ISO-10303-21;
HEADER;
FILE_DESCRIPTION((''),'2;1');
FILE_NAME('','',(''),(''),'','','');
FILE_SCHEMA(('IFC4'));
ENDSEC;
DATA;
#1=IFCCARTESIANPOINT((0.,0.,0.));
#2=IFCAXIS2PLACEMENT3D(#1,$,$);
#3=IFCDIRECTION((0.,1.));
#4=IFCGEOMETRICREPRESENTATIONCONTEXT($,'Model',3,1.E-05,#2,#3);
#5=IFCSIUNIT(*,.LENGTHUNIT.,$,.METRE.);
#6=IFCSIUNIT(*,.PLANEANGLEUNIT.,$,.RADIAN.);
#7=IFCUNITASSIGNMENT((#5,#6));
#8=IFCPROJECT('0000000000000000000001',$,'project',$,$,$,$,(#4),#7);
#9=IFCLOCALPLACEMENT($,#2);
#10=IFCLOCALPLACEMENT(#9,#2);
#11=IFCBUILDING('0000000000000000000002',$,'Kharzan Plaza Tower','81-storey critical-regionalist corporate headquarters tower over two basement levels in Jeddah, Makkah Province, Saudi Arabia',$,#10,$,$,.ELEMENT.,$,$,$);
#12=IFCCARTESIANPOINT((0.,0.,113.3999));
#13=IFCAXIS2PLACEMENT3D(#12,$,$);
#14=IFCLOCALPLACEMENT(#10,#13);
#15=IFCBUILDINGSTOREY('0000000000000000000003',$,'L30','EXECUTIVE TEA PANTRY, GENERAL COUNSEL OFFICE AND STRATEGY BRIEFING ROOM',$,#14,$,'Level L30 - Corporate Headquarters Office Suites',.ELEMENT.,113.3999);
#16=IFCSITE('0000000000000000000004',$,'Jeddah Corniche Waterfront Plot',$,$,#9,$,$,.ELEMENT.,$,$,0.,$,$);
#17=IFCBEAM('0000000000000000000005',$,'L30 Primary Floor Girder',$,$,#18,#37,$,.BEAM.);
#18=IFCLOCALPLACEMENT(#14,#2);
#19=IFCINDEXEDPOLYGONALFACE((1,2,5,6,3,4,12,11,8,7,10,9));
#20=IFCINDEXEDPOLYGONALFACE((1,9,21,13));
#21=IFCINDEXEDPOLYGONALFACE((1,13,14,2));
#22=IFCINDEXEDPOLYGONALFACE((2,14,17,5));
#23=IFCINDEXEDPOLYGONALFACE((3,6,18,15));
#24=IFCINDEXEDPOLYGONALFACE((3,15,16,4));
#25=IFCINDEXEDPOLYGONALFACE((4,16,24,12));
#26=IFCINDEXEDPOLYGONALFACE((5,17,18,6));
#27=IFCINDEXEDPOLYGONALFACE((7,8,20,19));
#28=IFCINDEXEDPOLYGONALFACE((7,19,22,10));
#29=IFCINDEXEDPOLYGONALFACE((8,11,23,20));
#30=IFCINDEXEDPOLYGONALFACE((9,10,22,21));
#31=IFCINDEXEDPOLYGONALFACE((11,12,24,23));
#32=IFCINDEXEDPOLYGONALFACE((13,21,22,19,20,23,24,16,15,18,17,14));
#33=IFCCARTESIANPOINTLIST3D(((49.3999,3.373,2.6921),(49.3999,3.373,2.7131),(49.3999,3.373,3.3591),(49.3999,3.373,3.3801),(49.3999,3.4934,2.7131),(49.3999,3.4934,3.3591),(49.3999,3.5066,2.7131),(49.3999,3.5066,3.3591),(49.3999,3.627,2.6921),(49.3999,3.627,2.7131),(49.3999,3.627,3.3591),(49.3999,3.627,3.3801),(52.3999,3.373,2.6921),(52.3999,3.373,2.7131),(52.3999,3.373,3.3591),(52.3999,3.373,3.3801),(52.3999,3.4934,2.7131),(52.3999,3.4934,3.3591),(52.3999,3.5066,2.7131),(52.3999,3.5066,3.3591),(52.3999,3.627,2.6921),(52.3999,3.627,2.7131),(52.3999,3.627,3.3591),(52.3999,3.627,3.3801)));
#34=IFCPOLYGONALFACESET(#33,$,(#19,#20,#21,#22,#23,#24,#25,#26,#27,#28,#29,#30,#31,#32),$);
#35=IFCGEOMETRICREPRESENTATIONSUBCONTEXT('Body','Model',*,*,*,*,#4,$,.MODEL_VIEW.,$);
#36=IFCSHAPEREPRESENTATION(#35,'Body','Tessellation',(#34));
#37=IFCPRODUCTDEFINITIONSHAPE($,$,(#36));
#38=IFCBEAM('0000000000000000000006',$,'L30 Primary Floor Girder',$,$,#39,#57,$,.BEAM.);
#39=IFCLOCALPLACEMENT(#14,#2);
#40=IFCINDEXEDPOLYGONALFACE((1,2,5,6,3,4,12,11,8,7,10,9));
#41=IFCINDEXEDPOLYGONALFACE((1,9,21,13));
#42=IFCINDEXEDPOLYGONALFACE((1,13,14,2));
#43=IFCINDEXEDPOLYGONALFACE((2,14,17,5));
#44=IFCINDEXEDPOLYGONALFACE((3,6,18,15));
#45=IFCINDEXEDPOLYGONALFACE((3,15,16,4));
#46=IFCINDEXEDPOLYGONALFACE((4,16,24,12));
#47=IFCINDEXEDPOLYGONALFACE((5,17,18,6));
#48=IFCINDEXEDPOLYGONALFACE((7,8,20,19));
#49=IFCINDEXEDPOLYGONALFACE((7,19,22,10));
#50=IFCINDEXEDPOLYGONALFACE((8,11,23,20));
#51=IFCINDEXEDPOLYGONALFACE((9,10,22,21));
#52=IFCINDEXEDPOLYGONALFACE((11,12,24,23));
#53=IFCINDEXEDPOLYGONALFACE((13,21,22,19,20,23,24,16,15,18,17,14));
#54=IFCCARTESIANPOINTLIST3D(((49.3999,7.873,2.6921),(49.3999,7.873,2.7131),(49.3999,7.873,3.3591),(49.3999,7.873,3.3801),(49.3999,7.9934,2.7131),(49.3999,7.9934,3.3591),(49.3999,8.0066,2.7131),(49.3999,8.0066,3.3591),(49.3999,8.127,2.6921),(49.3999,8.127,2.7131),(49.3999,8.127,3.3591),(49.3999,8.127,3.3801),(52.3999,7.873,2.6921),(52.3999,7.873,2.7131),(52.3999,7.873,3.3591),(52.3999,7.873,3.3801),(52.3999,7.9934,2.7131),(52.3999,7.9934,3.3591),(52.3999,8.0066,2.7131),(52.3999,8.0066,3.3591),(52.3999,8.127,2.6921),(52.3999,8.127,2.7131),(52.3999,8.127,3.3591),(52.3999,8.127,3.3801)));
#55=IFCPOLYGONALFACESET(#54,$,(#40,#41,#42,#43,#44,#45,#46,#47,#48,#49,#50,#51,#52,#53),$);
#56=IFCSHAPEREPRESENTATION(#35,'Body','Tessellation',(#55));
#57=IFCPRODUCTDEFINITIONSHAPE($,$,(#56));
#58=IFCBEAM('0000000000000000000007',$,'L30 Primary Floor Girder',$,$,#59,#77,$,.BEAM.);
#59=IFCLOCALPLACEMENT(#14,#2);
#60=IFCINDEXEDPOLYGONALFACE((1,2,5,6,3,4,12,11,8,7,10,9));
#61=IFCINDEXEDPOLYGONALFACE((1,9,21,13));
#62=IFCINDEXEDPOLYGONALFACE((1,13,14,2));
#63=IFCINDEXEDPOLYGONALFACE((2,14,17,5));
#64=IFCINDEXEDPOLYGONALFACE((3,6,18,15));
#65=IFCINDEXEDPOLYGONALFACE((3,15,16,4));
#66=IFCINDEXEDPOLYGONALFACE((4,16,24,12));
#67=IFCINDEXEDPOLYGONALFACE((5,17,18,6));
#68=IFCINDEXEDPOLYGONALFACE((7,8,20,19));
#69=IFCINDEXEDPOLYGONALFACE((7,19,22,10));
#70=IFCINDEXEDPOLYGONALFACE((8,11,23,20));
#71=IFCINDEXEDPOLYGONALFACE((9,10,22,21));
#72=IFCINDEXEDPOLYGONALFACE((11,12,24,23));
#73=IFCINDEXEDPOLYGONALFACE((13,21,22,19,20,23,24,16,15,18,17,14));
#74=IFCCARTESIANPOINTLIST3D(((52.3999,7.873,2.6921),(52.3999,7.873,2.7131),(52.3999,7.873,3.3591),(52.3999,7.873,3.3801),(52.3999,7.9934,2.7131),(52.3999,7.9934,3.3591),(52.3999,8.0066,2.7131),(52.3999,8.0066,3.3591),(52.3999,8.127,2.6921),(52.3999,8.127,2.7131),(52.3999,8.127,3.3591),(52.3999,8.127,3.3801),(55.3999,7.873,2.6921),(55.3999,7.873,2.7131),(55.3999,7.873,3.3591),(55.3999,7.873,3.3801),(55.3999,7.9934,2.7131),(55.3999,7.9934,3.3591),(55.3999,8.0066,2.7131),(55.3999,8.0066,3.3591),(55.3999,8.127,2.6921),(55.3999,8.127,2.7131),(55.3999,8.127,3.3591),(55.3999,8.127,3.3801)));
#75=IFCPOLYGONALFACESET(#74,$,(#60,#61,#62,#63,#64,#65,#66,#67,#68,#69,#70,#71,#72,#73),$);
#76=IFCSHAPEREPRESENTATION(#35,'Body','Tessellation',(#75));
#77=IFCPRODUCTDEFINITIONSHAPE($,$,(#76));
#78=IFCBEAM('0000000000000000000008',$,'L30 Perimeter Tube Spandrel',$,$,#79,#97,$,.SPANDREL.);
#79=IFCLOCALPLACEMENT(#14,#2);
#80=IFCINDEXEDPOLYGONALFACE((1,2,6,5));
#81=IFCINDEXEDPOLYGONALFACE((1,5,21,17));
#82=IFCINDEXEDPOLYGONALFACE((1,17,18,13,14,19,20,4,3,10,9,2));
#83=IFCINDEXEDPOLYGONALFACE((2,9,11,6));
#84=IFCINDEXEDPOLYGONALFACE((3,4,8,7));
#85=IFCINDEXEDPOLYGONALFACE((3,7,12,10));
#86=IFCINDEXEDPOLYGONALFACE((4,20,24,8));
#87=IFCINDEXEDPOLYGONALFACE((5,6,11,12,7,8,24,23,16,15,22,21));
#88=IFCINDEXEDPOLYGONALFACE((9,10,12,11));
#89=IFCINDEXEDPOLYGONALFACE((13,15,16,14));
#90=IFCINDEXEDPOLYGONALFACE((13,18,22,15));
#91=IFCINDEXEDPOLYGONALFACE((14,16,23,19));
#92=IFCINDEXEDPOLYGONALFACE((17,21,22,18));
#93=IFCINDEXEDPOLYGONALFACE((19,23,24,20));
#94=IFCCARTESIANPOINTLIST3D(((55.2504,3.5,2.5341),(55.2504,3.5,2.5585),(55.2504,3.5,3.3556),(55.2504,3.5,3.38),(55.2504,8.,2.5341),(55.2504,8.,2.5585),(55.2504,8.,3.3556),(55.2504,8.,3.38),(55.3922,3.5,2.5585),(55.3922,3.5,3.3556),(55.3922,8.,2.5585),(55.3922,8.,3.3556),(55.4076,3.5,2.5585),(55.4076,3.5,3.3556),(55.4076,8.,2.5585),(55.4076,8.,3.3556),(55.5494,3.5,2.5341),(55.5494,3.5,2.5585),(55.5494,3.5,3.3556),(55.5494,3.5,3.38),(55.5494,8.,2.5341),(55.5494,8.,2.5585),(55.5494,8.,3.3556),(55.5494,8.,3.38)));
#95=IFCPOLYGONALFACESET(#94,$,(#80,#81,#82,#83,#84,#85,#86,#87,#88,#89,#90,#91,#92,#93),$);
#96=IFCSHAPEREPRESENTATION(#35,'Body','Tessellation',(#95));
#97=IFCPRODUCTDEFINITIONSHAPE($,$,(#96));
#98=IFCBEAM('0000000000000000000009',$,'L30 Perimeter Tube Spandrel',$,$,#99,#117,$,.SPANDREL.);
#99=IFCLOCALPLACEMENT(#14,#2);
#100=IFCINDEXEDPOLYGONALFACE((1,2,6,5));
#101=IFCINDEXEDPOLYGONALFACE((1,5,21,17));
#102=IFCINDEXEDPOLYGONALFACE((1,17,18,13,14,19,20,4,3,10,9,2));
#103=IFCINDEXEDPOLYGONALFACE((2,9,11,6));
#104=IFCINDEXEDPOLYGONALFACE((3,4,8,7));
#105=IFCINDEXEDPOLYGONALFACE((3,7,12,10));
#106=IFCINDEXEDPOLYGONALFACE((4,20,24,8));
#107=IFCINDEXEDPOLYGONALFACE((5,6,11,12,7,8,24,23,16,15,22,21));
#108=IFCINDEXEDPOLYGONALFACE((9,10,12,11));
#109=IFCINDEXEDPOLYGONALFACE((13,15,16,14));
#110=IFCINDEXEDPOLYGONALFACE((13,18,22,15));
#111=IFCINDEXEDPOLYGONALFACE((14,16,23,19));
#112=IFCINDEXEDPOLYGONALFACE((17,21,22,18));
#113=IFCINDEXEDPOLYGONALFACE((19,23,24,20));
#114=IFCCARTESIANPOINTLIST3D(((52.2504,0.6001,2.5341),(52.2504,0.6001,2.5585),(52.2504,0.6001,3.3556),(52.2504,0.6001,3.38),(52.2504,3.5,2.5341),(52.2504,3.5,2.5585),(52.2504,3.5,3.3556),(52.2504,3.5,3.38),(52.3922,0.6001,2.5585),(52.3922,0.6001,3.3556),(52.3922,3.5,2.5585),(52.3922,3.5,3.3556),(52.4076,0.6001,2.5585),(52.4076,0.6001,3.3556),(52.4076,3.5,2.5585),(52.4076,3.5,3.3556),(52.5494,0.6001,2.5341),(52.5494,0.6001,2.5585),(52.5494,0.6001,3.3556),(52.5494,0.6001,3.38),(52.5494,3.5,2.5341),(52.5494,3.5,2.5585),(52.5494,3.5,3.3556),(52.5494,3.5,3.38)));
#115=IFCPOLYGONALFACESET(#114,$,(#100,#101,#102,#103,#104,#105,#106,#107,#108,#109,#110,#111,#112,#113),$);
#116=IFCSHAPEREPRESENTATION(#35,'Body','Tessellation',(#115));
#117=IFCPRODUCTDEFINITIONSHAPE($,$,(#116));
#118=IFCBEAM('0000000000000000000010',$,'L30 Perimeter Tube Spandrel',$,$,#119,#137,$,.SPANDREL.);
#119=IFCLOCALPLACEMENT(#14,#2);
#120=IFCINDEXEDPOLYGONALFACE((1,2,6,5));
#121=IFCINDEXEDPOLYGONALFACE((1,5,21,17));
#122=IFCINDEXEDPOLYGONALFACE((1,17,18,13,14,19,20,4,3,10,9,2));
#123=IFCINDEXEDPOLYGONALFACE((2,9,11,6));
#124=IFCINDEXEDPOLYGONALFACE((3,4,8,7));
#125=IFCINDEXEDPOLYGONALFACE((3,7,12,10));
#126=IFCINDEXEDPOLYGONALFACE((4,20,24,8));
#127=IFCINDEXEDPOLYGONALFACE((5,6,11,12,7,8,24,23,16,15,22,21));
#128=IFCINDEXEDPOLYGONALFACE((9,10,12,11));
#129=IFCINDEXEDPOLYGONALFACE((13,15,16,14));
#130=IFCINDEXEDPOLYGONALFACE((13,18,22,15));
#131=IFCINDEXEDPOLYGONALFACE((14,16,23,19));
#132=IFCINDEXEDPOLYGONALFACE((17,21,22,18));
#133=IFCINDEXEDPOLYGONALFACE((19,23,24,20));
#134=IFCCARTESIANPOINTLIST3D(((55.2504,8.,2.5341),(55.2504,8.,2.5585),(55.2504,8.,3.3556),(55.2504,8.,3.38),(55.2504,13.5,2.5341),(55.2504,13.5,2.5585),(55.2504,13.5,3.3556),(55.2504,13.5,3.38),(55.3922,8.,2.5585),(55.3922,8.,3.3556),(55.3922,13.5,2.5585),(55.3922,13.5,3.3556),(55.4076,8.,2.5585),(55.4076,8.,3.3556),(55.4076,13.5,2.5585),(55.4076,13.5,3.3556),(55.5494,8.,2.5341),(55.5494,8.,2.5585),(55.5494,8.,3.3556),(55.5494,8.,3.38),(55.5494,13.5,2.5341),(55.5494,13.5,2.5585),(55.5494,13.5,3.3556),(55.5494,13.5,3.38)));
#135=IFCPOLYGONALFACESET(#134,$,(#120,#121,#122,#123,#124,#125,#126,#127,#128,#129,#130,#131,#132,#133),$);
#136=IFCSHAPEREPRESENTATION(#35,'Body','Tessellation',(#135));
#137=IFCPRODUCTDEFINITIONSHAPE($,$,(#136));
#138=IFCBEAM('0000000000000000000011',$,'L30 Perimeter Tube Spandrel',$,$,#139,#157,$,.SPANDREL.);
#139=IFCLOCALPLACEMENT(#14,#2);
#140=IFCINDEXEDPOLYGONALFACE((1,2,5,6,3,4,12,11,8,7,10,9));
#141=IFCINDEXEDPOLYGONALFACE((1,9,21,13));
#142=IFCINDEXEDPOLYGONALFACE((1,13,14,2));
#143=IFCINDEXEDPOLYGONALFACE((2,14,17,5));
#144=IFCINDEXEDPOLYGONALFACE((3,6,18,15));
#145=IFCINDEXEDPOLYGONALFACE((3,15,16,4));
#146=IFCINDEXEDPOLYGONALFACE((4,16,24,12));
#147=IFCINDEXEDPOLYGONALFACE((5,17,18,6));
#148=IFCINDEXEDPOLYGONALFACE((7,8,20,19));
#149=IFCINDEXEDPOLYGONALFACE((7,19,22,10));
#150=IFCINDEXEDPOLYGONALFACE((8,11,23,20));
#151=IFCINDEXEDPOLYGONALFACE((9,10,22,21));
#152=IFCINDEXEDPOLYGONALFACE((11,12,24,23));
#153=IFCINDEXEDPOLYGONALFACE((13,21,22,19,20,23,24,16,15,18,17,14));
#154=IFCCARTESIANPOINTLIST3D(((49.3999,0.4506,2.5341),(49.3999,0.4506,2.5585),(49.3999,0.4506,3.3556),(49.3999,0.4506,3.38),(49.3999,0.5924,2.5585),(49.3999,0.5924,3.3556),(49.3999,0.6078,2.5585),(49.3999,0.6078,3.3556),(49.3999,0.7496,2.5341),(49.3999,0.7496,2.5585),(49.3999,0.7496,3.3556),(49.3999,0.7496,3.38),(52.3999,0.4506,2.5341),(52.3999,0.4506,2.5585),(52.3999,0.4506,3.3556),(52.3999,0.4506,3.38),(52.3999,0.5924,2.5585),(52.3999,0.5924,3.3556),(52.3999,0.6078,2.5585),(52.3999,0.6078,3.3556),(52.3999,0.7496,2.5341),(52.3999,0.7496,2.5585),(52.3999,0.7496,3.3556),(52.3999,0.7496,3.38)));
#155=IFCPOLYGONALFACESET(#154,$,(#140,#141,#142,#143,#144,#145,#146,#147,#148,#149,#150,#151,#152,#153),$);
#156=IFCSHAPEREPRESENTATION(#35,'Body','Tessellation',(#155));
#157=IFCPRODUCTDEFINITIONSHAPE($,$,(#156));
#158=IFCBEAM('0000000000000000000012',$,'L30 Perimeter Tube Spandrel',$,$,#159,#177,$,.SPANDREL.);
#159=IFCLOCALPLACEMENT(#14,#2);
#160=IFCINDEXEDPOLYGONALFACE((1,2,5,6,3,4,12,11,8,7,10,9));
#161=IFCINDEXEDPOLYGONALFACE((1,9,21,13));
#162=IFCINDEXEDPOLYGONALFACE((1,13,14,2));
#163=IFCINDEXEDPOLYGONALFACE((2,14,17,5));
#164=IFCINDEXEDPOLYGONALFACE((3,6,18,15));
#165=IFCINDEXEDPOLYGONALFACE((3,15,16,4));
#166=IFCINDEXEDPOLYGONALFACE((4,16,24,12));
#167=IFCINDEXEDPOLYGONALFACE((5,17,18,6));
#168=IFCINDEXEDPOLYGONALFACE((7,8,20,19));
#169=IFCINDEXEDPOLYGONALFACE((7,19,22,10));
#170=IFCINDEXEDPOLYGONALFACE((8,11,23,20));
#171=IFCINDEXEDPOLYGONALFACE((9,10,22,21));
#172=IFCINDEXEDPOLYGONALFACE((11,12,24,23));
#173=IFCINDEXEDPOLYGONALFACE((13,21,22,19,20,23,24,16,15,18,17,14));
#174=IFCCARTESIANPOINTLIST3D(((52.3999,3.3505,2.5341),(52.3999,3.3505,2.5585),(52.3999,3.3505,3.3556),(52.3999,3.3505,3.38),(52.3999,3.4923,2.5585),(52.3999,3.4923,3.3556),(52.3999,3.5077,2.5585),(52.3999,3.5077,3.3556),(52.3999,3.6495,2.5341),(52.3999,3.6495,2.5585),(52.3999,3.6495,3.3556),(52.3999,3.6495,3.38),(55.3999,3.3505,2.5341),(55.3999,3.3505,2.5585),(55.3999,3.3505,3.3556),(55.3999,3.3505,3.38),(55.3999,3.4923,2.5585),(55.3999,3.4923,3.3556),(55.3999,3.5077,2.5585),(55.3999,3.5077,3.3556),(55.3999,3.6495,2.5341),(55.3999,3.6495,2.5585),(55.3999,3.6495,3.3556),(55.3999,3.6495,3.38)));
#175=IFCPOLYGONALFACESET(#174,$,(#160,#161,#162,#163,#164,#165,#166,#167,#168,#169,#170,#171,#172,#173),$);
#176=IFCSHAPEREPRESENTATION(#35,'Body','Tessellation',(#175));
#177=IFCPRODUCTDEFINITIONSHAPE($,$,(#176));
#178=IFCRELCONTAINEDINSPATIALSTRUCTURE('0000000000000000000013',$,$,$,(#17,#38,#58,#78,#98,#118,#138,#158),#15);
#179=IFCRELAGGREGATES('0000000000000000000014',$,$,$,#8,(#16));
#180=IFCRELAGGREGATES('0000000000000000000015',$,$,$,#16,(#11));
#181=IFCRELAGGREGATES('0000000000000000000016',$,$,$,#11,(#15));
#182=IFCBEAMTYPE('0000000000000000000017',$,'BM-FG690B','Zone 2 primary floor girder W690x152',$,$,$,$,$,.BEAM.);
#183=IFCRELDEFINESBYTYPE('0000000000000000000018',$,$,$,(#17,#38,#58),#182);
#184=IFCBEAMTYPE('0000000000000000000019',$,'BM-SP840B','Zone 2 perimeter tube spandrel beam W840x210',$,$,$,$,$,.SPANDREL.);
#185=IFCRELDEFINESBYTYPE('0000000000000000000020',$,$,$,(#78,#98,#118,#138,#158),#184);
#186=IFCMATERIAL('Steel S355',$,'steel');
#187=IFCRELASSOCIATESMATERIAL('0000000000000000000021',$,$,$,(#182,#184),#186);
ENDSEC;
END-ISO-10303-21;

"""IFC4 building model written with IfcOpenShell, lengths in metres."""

from ifc_helpers import new_model, si_unit, direction, frame, origin, origin_2d, place, context, subcontext, project, spatial, i_section, extrude, source, transform, mapped, material, material_profile, profile_set, type_object, element, save


model = new_model("IFC4")

# Units and contexts
model_context = context("Model", 3, precision=1e-05, world=origin(), true_north=direction((0.0, 1.0)))
body_context = subcontext(model_context, "Body", "Model", "MODEL_VIEW")
ifc_project = project(units=[si_unit("LENGTHUNIT", "METRE"), si_unit("PLANEANGLEUNIT", "RADIAN")], contexts=[model_context])

# Site, building, storey
site_placement = place(None, origin())
site = spatial("IfcSite", under=ifc_project, at=site_placement, Name="Jeddah Corniche Waterfront Plot", CompositionType="ELEMENT", RefElevation=0.0)
building_placement = place(site_placement, origin())
building = spatial("IfcBuilding", under=site, at=building_placement, Name="Kharzan Plaza Tower", Description="81-storey critical-regionalist corporate headquarters tower over two basement levels in Jeddah, Makkah Province, Saudi Arabia", CompositionType="ELEMENT")
storey_placement = place(building_placement, frame((0.0, 0.0, 113.3999)))
storey = spatial("IfcBuildingStorey", under=building, at=storey_placement, Name="L30", Description="EXECUTIVE TEA PANTRY, GENERAL COUNSEL OFFICE AND STRATEGY BRIEFING ROOM", LongName="Level L30 - Corporate Headquarters Office Suites", CompositionType="ELEMENT", Elevation=113.3999)

# Beams
ifc_material_1 = material(Name="Steel S355", Category="steel")
ifc_material_profile_1 = material_profile(ifc_material_1, i_section(OverallWidth=0.2539, OverallDepth=0.688, WebThickness=0.0132, FlangeThickness=0.021, at=origin_2d()), Name="W690x152")
ifc_profile_set_1 = profile_set([ifc_material_profile_1], Name="Steel S355")
beam_type_1 = type_object("IfcBeamType", Name="BM-FG690B", Description="Zone 2 primary floor girder W690x152", PredefinedType="BEAM", material=ifc_profile_set_1)
shared_shape_1 = source(origin(), body_context, "Body", "SweptSolid", [
    extrude(i_section(OverallWidth=0.2539, OverallDepth=0.688, WebThickness=0.0132, FlangeThickness=0.021, at=origin_2d()), origin(), (0.0, 0.0, 1.0), 3.0),
])
for number, where, z_axis, x_axis, name in (
    (1, (49.3999, 3.5, 3.0361), (1.0, 0.0, 0.0), (0.0, 1.0, 0.0), "L30 Primary Floor Girder"),
    (2, (49.3999, 8.0, 3.0361), (1.0, 0.0, 0.0), (0.0, 1.0, 0.0), "L30 Primary Floor Girder"),
    (3, (52.3999, 8.0, 3.0361), (1.0, 0.0, 0.0), (0.0, 1.0, 0.0), "L30 Primary Floor Girder"),
):
    element("IfcBeam", number, at=place(storey_placement, frame(where, z_axis=z_axis, x_axis=x_axis)), inside=storey, type_object=beam_type_1, Name=name, PredefinedType="BEAM", context=body_context, shape_type="MappedRepresentation", body=[
        mapped(shared_shape_1, transform((0.0, 0.0, 0.0), x_axis=(1.0, 0.0, 0.0), y_axis=(0.0, 1.0, 0.0), z_axis=(0.0, 0.0, 1.0))),
    ])
ifc_material_profile_2 = material_profile(ifc_material_1, i_section(OverallWidth=0.2991, OverallDepth=0.8459, WebThickness=0.0154, FlangeThickness=0.0244, at=origin_2d()), Name="W840x210")
ifc_profile_set_2 = profile_set([ifc_material_profile_2], Name="Steel S355")
beam_type_2 = type_object("IfcBeamType", Name="BM-SP840B", Description="Zone 2 perimeter tube spandrel beam W840x210", PredefinedType="SPANDREL", material=ifc_profile_set_2)
shared_shape_2 = source(origin(), body_context, "Body", "SweptSolid", [
    extrude(i_section(OverallWidth=0.2991, OverallDepth=0.8459, WebThickness=0.0154, FlangeThickness=0.0244, at=origin_2d()), origin(), (0.0, 0.0, 1.0), 4.5),
])
beam_1_placement = place(storey_placement, frame((55.3999, 3.5, 2.957), z_axis=(0.0, 1.0, 0.0), x_axis=(-1.0, 0.0, 0.0)))
element("IfcBeam", 4, at=beam_1_placement, inside=storey, type_object=beam_type_2, Name="L30 Perimeter Tube Spandrel", PredefinedType="SPANDREL", context=body_context, shape_type="MappedRepresentation", body=[
    mapped(shared_shape_2, transform((0.0, 0.0, 0.0), x_axis=(1.0, 0.0, 0.0), y_axis=(0.0, 1.0, 0.0), z_axis=(0.0, 0.0, 1.0))),
])
shared_shape_3 = source(origin(), body_context, "Body", "SweptSolid", [
    extrude(i_section(OverallWidth=0.2991, OverallDepth=0.8459, WebThickness=0.0154, FlangeThickness=0.0244, at=origin_2d()), origin(), (0.0, 0.0, 1.0), 2.8999),
])
beam_2_placement = place(storey_placement, frame((52.3999, 0.6001, 2.957), z_axis=(0.0, 1.0, 0.0), x_axis=(-1.0, 0.0, 0.0)))
element("IfcBeam", 5, at=beam_2_placement, inside=storey, type_object=beam_type_2, Name="L30 Perimeter Tube Spandrel", PredefinedType="SPANDREL", context=body_context, shape_type="MappedRepresentation", body=[
    mapped(shared_shape_3, transform((0.0, 0.0, 0.0), x_axis=(1.0, 0.0, 0.0), y_axis=(0.0, 1.0, 0.0), z_axis=(0.0, 0.0, 1.0))),
])
shared_shape_4 = source(origin(), body_context, "Body", "SweptSolid", [
    extrude(i_section(OverallWidth=0.2991, OverallDepth=0.8459, WebThickness=0.0154, FlangeThickness=0.0244, at=origin_2d()), origin(), (0.0, 0.0, 1.0), 5.5),
])
beam_3_placement = place(storey_placement, frame((55.3999, 8.0, 2.957), z_axis=(0.0, 1.0, 0.0), x_axis=(-1.0, 0.0, 0.0)))
element("IfcBeam", 6, at=beam_3_placement, inside=storey, type_object=beam_type_2, Name="L30 Perimeter Tube Spandrel", PredefinedType="SPANDREL", context=body_context, shape_type="MappedRepresentation", body=[
    mapped(shared_shape_4, transform((0.0, 0.0, 0.0), x_axis=(1.0, 0.0, 0.0), y_axis=(0.0, 1.0, 0.0), z_axis=(0.0, 0.0, 1.0))),
])
shared_shape_5 = source(origin(), body_context, "Body", "SweptSolid", [
    extrude(i_section(OverallWidth=0.2991, OverallDepth=0.8459, WebThickness=0.0154, FlangeThickness=0.0244, at=origin_2d()), origin(), (0.0, 0.0, 1.0), 3.0),
])
for number, where, z_axis, x_axis, name in (
    (7, (49.3999, 0.6001, 2.957), (1.0, 0.0, 0.0), (0.0, 1.0, 0.0), "L30 Perimeter Tube Spandrel"),
    (8, (52.3999, 3.5, 2.957), (1.0, 0.0, 0.0), (0.0, 1.0, 0.0), "L30 Perimeter Tube Spandrel"),
):
    element("IfcBeam", number, at=place(storey_placement, frame(where, z_axis=z_axis, x_axis=x_axis)), inside=storey, type_object=beam_type_2, Name=name, PredefinedType="SPANDREL", context=body_context, shape_type="MappedRepresentation", body=[
        mapped(shared_shape_5, transform((0.0, 0.0, 0.0), x_axis=(1.0, 0.0, 0.0), y_axis=(0.0, 1.0, 0.0), z_axis=(0.0, 0.0, 1.0))),
    ])

save(model, "model.ifc")
